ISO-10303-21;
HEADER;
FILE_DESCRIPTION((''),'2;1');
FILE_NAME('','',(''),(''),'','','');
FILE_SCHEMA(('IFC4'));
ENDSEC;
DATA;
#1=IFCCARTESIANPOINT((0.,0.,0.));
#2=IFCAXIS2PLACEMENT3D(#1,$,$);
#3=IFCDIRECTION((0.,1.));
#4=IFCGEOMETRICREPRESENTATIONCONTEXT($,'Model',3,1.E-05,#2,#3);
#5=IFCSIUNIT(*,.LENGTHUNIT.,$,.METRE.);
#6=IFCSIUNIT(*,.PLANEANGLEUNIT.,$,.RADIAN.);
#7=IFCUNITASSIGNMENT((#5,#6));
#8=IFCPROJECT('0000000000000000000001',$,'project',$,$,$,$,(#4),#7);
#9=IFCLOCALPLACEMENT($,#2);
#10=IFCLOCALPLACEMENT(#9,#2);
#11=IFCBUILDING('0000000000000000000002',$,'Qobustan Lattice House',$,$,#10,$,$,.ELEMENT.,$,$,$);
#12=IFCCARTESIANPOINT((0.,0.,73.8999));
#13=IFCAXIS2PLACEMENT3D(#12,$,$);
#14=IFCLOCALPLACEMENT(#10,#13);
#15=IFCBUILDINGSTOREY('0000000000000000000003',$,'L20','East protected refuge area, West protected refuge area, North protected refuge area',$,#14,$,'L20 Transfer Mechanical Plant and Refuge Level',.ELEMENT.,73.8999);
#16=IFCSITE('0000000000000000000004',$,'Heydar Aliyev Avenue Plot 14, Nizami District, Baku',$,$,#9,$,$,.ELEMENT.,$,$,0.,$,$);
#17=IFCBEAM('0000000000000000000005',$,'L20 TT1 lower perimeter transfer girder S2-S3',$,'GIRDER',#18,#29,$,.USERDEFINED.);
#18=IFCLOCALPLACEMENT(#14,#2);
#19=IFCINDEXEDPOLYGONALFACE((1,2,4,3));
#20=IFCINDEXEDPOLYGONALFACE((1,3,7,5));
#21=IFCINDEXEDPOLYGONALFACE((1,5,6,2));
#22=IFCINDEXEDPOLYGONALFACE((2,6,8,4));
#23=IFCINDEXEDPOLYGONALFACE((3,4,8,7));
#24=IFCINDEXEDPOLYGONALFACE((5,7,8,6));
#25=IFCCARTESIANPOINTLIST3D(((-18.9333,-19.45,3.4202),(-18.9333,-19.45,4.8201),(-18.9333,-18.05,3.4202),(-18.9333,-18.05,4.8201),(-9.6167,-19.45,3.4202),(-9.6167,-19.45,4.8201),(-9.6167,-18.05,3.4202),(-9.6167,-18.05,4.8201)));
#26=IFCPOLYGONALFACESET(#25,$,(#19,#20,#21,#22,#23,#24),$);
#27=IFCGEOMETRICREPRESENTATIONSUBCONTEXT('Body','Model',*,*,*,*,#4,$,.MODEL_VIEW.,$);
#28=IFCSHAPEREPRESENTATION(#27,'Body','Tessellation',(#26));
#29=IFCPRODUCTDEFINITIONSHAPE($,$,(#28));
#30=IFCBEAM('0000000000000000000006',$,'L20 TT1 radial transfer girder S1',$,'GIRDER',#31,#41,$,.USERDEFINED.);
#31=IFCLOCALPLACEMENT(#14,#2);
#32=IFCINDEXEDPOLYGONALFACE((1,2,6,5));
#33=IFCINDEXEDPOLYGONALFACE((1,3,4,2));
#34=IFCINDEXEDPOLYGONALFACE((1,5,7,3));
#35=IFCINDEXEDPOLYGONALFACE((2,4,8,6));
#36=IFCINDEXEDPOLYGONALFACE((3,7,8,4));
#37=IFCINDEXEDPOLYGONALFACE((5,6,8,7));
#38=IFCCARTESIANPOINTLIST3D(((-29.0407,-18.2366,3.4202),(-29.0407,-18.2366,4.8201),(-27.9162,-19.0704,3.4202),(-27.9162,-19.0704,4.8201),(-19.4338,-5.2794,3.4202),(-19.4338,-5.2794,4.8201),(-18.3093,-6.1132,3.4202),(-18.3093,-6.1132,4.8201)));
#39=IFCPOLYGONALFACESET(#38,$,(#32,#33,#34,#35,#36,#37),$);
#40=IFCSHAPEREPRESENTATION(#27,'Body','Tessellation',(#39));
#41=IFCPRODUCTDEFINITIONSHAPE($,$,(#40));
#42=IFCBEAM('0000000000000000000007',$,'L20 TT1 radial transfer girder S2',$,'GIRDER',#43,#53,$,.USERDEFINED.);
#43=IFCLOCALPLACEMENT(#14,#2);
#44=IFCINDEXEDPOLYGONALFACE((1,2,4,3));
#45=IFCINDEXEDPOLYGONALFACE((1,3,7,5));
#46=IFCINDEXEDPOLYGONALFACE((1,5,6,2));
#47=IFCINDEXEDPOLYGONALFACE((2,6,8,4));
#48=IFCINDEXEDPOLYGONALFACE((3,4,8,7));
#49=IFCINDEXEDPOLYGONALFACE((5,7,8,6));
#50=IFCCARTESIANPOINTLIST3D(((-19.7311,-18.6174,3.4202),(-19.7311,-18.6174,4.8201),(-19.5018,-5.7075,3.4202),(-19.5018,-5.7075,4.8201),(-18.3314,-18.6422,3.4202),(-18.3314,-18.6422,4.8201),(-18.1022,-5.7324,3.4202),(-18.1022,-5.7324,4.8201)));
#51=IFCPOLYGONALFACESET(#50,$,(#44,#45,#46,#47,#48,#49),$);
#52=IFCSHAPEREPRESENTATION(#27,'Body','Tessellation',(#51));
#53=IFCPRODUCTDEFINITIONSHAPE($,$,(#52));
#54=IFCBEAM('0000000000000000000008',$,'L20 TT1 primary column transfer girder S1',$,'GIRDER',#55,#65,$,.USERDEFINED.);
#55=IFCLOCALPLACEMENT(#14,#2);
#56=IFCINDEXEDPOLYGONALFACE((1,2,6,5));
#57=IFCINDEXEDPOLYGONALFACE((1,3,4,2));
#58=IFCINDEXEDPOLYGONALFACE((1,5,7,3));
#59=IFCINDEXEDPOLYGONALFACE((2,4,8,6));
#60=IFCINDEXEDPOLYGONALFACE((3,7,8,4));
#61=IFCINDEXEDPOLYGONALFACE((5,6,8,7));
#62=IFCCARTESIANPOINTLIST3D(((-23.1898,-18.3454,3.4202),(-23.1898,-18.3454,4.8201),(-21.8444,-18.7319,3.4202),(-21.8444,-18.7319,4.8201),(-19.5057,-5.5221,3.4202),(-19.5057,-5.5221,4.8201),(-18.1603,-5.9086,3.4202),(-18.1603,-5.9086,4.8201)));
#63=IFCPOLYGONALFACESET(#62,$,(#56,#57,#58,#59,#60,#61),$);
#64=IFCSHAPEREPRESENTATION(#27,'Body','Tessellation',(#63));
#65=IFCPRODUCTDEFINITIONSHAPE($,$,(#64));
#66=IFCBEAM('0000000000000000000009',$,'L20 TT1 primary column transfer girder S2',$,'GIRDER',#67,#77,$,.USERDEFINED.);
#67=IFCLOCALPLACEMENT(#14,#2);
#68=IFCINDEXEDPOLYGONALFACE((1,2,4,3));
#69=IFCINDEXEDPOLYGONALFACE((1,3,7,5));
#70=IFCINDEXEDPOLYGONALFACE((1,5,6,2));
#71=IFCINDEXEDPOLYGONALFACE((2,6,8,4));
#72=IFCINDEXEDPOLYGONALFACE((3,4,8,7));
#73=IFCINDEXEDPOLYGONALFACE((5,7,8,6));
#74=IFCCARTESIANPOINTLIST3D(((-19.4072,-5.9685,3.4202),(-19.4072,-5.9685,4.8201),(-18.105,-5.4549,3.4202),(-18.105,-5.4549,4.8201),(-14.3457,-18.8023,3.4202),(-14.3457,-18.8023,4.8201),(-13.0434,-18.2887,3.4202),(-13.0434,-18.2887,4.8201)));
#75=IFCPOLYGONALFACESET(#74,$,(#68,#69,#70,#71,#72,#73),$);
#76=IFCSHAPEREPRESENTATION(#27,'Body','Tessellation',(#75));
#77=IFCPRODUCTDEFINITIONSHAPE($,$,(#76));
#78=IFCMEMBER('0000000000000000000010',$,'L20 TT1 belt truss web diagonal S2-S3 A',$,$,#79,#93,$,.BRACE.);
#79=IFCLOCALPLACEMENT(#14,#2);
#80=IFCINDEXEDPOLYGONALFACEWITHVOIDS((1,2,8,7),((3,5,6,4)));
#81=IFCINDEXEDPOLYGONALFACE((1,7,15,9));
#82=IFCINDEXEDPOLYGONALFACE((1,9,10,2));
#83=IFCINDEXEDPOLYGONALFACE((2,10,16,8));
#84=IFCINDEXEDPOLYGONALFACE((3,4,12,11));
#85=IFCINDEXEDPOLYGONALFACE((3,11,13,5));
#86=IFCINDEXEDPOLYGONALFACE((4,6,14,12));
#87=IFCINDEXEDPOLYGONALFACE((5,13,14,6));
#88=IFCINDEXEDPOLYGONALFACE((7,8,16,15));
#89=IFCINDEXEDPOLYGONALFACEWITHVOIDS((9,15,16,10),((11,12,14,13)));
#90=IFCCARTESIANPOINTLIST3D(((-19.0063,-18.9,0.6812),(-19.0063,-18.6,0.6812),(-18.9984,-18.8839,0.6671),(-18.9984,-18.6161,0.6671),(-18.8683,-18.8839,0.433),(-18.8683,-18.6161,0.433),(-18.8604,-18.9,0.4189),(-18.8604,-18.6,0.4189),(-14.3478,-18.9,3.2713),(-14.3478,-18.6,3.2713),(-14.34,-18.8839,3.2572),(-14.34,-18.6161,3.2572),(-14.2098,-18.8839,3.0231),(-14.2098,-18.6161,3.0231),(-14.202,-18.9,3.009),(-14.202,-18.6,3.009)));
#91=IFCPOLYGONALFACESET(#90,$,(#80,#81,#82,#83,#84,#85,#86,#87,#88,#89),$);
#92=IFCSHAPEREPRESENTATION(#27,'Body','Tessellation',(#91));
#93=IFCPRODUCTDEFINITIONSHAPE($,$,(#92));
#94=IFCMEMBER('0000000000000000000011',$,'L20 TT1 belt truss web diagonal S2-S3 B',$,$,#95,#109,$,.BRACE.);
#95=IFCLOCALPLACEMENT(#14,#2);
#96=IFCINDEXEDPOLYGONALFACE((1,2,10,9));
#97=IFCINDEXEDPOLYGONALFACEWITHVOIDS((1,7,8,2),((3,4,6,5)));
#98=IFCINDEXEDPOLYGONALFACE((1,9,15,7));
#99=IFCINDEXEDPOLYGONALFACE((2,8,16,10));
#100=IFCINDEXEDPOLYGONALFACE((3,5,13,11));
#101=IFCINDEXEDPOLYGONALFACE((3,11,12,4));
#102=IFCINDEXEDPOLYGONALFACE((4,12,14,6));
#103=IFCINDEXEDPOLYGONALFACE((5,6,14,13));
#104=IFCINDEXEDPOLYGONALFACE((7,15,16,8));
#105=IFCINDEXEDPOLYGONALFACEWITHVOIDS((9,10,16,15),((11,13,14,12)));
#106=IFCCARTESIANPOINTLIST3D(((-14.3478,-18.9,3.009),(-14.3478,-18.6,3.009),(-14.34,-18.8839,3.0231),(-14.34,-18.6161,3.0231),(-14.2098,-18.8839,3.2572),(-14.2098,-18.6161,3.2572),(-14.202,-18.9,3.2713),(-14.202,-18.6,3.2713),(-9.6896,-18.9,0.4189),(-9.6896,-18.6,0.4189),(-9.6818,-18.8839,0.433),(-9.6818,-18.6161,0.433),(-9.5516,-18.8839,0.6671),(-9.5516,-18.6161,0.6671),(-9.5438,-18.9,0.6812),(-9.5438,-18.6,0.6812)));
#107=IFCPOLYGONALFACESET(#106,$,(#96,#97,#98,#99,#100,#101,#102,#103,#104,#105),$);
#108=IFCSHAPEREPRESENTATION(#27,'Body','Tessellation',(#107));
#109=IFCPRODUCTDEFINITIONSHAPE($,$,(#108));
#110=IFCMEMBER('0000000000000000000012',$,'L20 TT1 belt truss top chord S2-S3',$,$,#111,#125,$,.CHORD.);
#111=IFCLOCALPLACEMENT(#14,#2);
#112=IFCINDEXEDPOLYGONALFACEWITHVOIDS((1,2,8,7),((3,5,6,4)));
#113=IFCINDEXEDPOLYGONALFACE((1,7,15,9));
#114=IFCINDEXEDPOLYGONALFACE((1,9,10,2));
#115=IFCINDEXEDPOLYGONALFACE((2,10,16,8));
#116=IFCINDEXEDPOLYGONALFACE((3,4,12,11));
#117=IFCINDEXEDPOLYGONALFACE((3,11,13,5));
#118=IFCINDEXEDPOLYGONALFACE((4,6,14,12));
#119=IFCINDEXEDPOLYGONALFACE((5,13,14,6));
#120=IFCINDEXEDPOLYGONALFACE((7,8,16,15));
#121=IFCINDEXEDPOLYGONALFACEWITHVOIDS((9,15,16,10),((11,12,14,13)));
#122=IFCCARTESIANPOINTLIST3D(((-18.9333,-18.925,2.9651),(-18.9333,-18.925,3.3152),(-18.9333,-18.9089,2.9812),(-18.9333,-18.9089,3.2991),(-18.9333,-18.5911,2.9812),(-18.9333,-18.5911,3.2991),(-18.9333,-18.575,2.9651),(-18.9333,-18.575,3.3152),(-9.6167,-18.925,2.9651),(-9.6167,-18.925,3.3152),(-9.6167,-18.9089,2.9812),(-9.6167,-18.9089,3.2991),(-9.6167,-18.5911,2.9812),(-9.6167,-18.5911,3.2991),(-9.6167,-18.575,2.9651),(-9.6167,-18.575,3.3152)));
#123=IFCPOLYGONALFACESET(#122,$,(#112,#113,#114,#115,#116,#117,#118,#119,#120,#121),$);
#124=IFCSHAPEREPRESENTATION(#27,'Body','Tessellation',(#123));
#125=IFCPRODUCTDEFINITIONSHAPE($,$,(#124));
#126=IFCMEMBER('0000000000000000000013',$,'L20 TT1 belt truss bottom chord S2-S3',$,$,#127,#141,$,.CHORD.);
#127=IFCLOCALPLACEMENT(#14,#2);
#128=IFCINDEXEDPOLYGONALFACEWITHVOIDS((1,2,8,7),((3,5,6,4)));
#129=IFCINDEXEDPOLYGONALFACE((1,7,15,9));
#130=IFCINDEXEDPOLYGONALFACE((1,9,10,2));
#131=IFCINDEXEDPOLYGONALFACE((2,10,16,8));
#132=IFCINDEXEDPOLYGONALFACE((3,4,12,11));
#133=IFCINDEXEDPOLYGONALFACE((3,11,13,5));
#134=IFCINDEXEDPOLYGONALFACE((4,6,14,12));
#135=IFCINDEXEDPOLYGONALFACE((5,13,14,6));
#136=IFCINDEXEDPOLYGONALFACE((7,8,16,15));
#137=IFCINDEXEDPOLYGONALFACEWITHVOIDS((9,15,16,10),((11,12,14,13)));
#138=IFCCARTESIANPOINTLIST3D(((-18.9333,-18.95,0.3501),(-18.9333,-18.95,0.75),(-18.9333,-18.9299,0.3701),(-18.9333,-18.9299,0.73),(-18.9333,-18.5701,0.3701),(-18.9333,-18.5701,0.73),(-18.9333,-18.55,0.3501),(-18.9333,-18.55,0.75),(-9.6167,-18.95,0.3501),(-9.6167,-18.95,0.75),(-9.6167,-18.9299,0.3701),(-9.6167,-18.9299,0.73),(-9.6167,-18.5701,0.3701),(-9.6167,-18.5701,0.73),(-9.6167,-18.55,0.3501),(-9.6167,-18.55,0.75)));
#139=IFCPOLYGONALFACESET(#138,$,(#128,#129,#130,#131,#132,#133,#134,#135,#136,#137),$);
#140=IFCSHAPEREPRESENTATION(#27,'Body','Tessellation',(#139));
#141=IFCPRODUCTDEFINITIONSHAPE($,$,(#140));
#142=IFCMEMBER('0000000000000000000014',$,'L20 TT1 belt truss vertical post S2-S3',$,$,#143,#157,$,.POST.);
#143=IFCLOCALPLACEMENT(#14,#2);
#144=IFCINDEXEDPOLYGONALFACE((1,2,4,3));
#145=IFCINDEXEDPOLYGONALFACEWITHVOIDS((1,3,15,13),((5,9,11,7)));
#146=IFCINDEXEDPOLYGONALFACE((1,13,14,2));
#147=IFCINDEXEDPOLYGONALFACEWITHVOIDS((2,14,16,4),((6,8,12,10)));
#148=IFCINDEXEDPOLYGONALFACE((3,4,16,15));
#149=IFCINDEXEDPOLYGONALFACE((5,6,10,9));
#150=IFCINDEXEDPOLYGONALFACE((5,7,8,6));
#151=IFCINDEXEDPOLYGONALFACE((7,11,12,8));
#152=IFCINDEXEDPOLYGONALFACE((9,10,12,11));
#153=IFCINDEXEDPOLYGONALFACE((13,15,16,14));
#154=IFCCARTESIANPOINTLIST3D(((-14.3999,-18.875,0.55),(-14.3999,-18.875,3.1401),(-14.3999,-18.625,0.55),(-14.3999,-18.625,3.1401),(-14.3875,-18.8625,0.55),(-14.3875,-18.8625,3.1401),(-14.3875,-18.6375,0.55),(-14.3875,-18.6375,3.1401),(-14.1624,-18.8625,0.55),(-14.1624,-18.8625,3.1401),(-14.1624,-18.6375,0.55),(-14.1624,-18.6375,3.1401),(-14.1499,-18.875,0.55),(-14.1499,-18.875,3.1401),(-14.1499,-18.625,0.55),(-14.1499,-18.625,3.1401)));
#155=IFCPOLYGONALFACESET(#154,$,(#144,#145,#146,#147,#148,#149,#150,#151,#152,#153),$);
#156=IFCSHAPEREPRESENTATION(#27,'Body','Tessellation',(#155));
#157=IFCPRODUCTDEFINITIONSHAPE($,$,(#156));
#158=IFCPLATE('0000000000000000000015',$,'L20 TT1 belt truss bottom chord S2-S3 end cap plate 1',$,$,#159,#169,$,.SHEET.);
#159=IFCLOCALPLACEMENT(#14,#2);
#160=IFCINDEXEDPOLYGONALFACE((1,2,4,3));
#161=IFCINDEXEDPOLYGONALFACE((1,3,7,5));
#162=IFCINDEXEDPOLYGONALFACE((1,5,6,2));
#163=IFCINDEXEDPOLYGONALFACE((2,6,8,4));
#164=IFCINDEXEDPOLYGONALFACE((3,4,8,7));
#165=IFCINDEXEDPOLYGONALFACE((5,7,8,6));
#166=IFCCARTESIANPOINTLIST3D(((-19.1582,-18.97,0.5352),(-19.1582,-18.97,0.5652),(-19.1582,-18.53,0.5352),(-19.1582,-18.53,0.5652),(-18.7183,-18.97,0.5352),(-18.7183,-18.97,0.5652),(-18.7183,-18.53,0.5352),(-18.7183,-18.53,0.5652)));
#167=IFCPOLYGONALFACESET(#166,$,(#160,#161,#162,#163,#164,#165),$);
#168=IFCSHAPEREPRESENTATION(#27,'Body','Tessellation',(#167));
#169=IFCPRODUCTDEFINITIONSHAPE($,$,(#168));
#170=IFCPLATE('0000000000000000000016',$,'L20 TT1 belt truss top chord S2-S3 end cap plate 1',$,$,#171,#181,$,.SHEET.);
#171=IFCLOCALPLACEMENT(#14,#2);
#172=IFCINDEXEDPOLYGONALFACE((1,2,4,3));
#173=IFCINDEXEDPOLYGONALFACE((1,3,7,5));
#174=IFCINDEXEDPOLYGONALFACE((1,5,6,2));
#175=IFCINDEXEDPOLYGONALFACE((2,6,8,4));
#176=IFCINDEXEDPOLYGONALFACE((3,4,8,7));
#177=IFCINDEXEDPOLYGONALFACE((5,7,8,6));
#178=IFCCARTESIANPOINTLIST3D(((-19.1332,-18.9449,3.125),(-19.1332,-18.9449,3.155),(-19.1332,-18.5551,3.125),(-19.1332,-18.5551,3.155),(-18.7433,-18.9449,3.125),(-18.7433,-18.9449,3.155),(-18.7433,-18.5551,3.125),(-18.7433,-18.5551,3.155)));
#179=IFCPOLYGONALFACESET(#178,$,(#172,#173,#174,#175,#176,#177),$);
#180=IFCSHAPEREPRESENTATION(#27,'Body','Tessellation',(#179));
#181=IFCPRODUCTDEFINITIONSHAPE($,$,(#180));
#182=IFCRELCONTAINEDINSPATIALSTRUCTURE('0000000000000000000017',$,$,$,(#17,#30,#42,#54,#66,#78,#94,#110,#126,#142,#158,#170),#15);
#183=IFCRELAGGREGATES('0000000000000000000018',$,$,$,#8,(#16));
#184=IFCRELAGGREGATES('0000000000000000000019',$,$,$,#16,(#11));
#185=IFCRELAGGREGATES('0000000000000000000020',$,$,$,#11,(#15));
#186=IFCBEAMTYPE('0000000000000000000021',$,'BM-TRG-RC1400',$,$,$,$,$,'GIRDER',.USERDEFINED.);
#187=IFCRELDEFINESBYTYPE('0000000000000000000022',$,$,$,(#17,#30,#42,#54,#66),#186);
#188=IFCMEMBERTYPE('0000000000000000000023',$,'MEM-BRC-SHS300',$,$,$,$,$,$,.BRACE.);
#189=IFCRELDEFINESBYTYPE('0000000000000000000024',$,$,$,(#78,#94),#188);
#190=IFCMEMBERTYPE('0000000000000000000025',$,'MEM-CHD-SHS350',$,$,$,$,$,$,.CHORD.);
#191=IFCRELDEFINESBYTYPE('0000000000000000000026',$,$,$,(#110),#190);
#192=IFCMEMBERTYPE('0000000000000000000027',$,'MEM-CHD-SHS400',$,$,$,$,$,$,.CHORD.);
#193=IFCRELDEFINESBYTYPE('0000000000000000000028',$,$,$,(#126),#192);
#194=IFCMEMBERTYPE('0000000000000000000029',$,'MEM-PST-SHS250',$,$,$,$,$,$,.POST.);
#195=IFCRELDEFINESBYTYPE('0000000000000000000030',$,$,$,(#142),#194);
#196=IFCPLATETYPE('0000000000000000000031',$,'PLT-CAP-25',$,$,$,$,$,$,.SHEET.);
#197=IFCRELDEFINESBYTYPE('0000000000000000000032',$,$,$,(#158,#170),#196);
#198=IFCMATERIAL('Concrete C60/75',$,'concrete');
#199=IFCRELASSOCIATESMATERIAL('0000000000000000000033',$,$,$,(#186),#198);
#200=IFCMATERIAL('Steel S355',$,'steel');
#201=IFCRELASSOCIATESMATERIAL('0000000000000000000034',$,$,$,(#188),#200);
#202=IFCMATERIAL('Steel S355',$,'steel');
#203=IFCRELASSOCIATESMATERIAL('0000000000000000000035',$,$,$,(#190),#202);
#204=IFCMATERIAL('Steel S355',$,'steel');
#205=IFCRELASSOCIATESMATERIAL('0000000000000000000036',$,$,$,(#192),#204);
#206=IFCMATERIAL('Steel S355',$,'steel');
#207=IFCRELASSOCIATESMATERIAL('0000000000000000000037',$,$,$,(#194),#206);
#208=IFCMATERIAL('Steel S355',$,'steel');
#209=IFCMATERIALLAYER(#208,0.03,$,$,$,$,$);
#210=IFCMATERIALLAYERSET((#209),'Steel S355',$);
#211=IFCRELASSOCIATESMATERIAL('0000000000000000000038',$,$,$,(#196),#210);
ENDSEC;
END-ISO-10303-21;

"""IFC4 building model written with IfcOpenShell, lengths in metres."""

from ifc_helpers import new_model, si_unit, direction, frame, origin, origin_2d, place, context, subcontext, project, spatial, rectangle, hollow_rectangle, extrude, material, layer, layer_set, material_profile, profile_set, type_object, element, save


model = new_model("IFC4")

# Units and contexts
model_context = context("Model", 3, precision=1e-05, world=origin(), true_north=direction((0.0, 1.0)))
body_context = subcontext(model_context, "Body", "Model", "MODEL_VIEW")
ifc_project = project(units=[si_unit("LENGTHUNIT", "METRE"), si_unit("PLANEANGLEUNIT", "RADIAN")], contexts=[model_context])

# Site, building, storey
site_placement = place(None, origin())
site = spatial("IfcSite", under=ifc_project, at=site_placement, Name="Heydar Aliyev Avenue Plot 14, Nizami District, Baku", CompositionType="ELEMENT", RefElevation=0.0)
building_placement = place(site_placement, origin())
building = spatial("IfcBuilding", under=site, at=building_placement, Name="Qobustan Lattice House", CompositionType="ELEMENT")
storey_placement = place(building_placement, frame((0.0, 0.0, 73.8999)))
storey = spatial("IfcBuildingStorey", under=building, at=storey_placement, Name="L20", Description="East protected refuge area, West protected refuge area, North protected refuge area", LongName="L20 Transfer Mechanical Plant and Refuge Level", CompositionType="ELEMENT", Elevation=73.8999)

# Beams
ifc_material_1 = material(Name="Concrete C60/75", Category="concrete")
ifc_material_profile_1 = material_profile(ifc_material_1, rectangle(XDim=1.3999, YDim=1.3999, at=origin_2d()), Name="RC1400x1400")
ifc_profile_set_1 = profile_set([ifc_material_profile_1], Name="Concrete C60/75")
beam_type = type_object("IfcBeamType", Name="BM-TRG-RC1400", ElementType="GIRDER", PredefinedType="USERDEFINED", material=ifc_profile_set_1)
beam_1_placement = place(storey_placement, frame((-18.9333, -18.75, 4.1201), z_axis=(1.0, 0.0, 0.0), x_axis=(0.0, 1.0, 0.0)))
element("IfcBeam", 1, at=beam_1_placement, inside=storey, type_object=beam_type, Name="L20 TT1 lower perimeter transfer girder S2-S3", ObjectType="GIRDER", PredefinedType="USERDEFINED", context=body_context, shape_type="SweptSolid", body=[
    extrude(rectangle(XDim=1.3999, YDim=1.3999, at=origin_2d()), origin(), (0.0, 0.0, 1.0), 9.3167),
])
beam_2_placement = place(storey_placement, frame((-18.8716, -5.6963, 4.1201), z_axis=(-0.595586, -0.803292, 0.0), x_axis=(0.803292, -0.595586, 0.0)))
element("IfcBeam", 2, at=beam_2_placement, inside=storey, type_object=beam_type, Name="L20 TT1 radial transfer girder S1", ObjectType="GIRDER", PredefinedType="USERDEFINED", context=body_context, shape_type="SweptSolid", body=[
    extrude(rectangle(XDim=1.3999, YDim=1.3999, at=origin_2d()), origin(), (0.0, 0.0, 1.0), 16.1301),
])
beam_3_placement = place(storey_placement, frame((-18.802, -5.72, 4.1201), z_axis=(-0.017755, -0.999842, 0.0), x_axis=(0.999842, -0.017755, 0.0)))
element("IfcBeam", 3, at=beam_3_placement, inside=storey, type_object=beam_type, Name="L20 TT1 radial transfer girder S2", ObjectType="GIRDER", PredefinedType="USERDEFINED", context=body_context, shape_type="SweptSolid", body=[
    extrude(rectangle(XDim=1.3999, YDim=1.3999, at=origin_2d()), origin(), (0.0, 0.0, 1.0), 12.9119),
])
beam_4_placement = place(storey_placement, frame((-18.833, -5.7153, 4.1201), z_axis=(-0.276127, -0.961121, 0.0), x_axis=(0.961121, -0.276127, 0.0)))
element("IfcBeam", 4, at=beam_4_placement, inside=storey, type_object=beam_type, Name="L20 TT1 primary column transfer girder S1", ObjectType="GIRDER", PredefinedType="USERDEFINED", context=body_context, shape_type="SweptSolid", body=[
    extrude(rectangle(XDim=1.3999, YDim=1.3999, at=origin_2d()), origin(), (0.0, 0.0, 1.0), 13.342),
])
beam_5_placement = place(storey_placement, frame((-18.7561, -5.7117, 4.1201), z_axis=(0.366889, -0.930265, 0.0), x_axis=(0.930265, 0.366889, 0.0)))
element("IfcBeam", 5, at=beam_5_placement, inside=storey, type_object=beam_type, Name="L20 TT1 primary column transfer girder S2", ObjectType="GIRDER", PredefinedType="USERDEFINED", context=body_context, shape_type="SweptSolid", body=[
    extrude(rectangle(XDim=1.3999, YDim=1.3999, at=origin_2d()), origin(), (0.0, 0.0, 1.0), 13.7959),
])

# Members
ifc_material_2 = material(Name="Steel S355", Category="steel")
ifc_material_profile_2 = material_profile(ifc_material_2, hollow_rectangle(XDim=0.3, YDim=0.3, WallThickness=0.0161, at=origin_2d()), Name="SHS300x300x16")
ifc_profile_set_2 = profile_set([ifc_material_profile_2], Name="Steel S355")
member_type_1 = type_object("IfcMemberType", Name="MEM-BRC-SHS300", PredefinedType="BRACE", material=ifc_profile_set_2)
member_1_placement = place(storey_placement, frame((-18.9333, -18.75, 0.55), z_axis=(0.873993, 0.0, 0.485938), x_axis=(0.0, 1.0, 0.0)))
element("IfcMember", 6, at=member_1_placement, inside=storey, type_object=member_type_1, Name="L20 TT1 belt truss web diagonal S2-S3 A", PredefinedType="BRACE", context=body_context, shape_type="SweptSolid", body=[
    extrude(hollow_rectangle(XDim=0.3, YDim=0.3, WallThickness=0.0161, at=origin_2d()), origin(), (0.0, 0.0, 1.0), 5.3301),
])
member_2_placement = place(storey_placement, frame((-14.2749, -18.75, 3.1401), z_axis=(0.873982, 0.0, -0.485958), x_axis=(0.0, 1.0, 0.0)))
element("IfcMember", 7, at=member_2_placement, inside=storey, type_object=member_type_1, Name="L20 TT1 belt truss web diagonal S2-S3 B", PredefinedType="BRACE", context=body_context, shape_type="SweptSolid", body=[
    extrude(hollow_rectangle(XDim=0.3, YDim=0.3, WallThickness=0.0161, at=origin_2d()), origin(), (0.0, 0.0, 1.0), 5.3298),
])
ifc_material_3 = material(Name="Steel S355", Category="steel")
ifc_material_profile_3 = material_profile(ifc_material_3, hollow_rectangle(XDim=0.3501, YDim=0.3501, WallThickness=0.0161, at=origin_2d()), Name="SHS350x350x16")
ifc_profile_set_3 = profile_set([ifc_material_profile_3], Name="Steel S355")
member_type_2 = type_object("IfcMemberType", Name="MEM-CHD-SHS350", PredefinedType="CHORD", material=ifc_profile_set_3)
member_3_placement = place(storey_placement, frame((-18.9333, -18.75, 3.1401), z_axis=(1.0, 0.0, 0.0), x_axis=(0.0, 1.0, 0.0)))
element("IfcMember", 8, at=member_3_placement, inside=storey, type_object=member_type_2, Name="L20 TT1 belt truss top chord S2-S3", PredefinedType="CHORD", context=body_context, shape_type="SweptSolid", body=[
    extrude(hollow_rectangle(XDim=0.3501, YDim=0.3501, WallThickness=0.0161, at=origin_2d()), origin(), (0.0, 0.0, 1.0), 9.3167),
])
ifc_material_4 = material(Name="Steel S355", Category="steel")
ifc_material_profile_4 = material_profile(ifc_material_4, hollow_rectangle(XDim=0.3999, YDim=0.3999, WallThickness=0.02, at=origin_2d()), Name="SHS400x400x20")
ifc_profile_set_4 = profile_set([ifc_material_profile_4], Name="Steel S355")
member_type_3 = type_object("IfcMemberType", Name="MEM-CHD-SHS400", PredefinedType="CHORD", material=ifc_profile_set_4)
member_4_placement = place(storey_placement, frame((-18.9333, -18.75, 0.55), z_axis=(1.0, 0.0, 0.0), x_axis=(0.0, 1.0, 0.0)))
element("IfcMember", 9, at=member_4_placement, inside=storey, type_object=member_type_3, Name="L20 TT1 belt truss bottom chord S2-S3", PredefinedType="CHORD", context=body_context, shape_type="SweptSolid", body=[
    extrude(hollow_rectangle(XDim=0.3999, YDim=0.3999, WallThickness=0.02, at=origin_2d()), origin(), (0.0, 0.0, 1.0), 9.3167),
])
ifc_material_5 = material(Name="Steel S355", Category="steel")
ifc_material_profile_5 = material_profile(ifc_material_5, hollow_rectangle(XDim=0.25, YDim=0.25, WallThickness=0.0125, at=origin_2d()), Name="SHS250x250x12.5")
ifc_profile_set_5 = profile_set([ifc_material_profile_5], Name="Steel S355")
member_type_4 = type_object("IfcMemberType", Name="MEM-PST-SHS250", PredefinedType="POST", material=ifc_profile_set_5)
member_5_placement = place(storey_placement, frame((-14.2749, -18.75, 0.55), z_axis=(0.0, 0.0, 1.0), x_axis=(1.0, 0.0, 0.0)))
element("IfcMember", 10, at=member_5_placement, inside=storey, type_object=member_type_4, Name="L20 TT1 belt truss vertical post S2-S3", PredefinedType="POST", context=body_context, shape_type="SweptSolid", body=[
    extrude(hollow_rectangle(XDim=0.25, YDim=0.25, WallThickness=0.0125, at=origin_2d()), origin(), (0.0, 0.0, 1.0), 2.5901),
])

# Plates
ifc_material_6 = material(Name="Steel S355", Category="steel")
ifc_layer_1 = layer(ifc_material_6, 0.03)
ifc_layer_set_1 = layer_set([ifc_layer_1], Name="Steel S355")
plate_type = type_object("IfcPlateType", Name="PLT-CAP-25", PredefinedType="SHEET", material=ifc_layer_set_1)
plate_1_placement = place(storey_placement, frame((-18.9382, -18.75, 0.5352), z_axis=(0.0, 0.0, 1.0), x_axis=(1.0, 0.0, 0.0)))
element("IfcPlate", 11, at=plate_1_placement, inside=storey, type_object=plate_type, Name="L20 TT1 belt truss bottom chord S2-S3 end cap plate 1", PredefinedType="SHEET", context=body_context, shape_type="SweptSolid", body=[
    extrude(rectangle(XDim=0.4399, YDim=0.4399, at=origin_2d()), origin(), (0.0, 0.0, 1.0), 0.03),
])
plate_2_placement = place(storey_placement, frame((-18.9382, -18.75, 3.125), z_axis=(0.0, 0.0, 1.0), x_axis=(1.0, 0.0, 0.0)))
element("IfcPlate", 12, at=plate_2_placement, inside=storey, type_object=plate_type, Name="L20 TT1 belt truss top chord S2-S3 end cap plate 1", PredefinedType="SHEET", context=body_context, shape_type="SweptSolid", body=[
    extrude(rectangle(XDim=0.3899, YDim=0.3899, at=origin_2d()), origin(), (0.0, 0.0, 1.0), 0.03),
])

save(model, "model.ifc")
